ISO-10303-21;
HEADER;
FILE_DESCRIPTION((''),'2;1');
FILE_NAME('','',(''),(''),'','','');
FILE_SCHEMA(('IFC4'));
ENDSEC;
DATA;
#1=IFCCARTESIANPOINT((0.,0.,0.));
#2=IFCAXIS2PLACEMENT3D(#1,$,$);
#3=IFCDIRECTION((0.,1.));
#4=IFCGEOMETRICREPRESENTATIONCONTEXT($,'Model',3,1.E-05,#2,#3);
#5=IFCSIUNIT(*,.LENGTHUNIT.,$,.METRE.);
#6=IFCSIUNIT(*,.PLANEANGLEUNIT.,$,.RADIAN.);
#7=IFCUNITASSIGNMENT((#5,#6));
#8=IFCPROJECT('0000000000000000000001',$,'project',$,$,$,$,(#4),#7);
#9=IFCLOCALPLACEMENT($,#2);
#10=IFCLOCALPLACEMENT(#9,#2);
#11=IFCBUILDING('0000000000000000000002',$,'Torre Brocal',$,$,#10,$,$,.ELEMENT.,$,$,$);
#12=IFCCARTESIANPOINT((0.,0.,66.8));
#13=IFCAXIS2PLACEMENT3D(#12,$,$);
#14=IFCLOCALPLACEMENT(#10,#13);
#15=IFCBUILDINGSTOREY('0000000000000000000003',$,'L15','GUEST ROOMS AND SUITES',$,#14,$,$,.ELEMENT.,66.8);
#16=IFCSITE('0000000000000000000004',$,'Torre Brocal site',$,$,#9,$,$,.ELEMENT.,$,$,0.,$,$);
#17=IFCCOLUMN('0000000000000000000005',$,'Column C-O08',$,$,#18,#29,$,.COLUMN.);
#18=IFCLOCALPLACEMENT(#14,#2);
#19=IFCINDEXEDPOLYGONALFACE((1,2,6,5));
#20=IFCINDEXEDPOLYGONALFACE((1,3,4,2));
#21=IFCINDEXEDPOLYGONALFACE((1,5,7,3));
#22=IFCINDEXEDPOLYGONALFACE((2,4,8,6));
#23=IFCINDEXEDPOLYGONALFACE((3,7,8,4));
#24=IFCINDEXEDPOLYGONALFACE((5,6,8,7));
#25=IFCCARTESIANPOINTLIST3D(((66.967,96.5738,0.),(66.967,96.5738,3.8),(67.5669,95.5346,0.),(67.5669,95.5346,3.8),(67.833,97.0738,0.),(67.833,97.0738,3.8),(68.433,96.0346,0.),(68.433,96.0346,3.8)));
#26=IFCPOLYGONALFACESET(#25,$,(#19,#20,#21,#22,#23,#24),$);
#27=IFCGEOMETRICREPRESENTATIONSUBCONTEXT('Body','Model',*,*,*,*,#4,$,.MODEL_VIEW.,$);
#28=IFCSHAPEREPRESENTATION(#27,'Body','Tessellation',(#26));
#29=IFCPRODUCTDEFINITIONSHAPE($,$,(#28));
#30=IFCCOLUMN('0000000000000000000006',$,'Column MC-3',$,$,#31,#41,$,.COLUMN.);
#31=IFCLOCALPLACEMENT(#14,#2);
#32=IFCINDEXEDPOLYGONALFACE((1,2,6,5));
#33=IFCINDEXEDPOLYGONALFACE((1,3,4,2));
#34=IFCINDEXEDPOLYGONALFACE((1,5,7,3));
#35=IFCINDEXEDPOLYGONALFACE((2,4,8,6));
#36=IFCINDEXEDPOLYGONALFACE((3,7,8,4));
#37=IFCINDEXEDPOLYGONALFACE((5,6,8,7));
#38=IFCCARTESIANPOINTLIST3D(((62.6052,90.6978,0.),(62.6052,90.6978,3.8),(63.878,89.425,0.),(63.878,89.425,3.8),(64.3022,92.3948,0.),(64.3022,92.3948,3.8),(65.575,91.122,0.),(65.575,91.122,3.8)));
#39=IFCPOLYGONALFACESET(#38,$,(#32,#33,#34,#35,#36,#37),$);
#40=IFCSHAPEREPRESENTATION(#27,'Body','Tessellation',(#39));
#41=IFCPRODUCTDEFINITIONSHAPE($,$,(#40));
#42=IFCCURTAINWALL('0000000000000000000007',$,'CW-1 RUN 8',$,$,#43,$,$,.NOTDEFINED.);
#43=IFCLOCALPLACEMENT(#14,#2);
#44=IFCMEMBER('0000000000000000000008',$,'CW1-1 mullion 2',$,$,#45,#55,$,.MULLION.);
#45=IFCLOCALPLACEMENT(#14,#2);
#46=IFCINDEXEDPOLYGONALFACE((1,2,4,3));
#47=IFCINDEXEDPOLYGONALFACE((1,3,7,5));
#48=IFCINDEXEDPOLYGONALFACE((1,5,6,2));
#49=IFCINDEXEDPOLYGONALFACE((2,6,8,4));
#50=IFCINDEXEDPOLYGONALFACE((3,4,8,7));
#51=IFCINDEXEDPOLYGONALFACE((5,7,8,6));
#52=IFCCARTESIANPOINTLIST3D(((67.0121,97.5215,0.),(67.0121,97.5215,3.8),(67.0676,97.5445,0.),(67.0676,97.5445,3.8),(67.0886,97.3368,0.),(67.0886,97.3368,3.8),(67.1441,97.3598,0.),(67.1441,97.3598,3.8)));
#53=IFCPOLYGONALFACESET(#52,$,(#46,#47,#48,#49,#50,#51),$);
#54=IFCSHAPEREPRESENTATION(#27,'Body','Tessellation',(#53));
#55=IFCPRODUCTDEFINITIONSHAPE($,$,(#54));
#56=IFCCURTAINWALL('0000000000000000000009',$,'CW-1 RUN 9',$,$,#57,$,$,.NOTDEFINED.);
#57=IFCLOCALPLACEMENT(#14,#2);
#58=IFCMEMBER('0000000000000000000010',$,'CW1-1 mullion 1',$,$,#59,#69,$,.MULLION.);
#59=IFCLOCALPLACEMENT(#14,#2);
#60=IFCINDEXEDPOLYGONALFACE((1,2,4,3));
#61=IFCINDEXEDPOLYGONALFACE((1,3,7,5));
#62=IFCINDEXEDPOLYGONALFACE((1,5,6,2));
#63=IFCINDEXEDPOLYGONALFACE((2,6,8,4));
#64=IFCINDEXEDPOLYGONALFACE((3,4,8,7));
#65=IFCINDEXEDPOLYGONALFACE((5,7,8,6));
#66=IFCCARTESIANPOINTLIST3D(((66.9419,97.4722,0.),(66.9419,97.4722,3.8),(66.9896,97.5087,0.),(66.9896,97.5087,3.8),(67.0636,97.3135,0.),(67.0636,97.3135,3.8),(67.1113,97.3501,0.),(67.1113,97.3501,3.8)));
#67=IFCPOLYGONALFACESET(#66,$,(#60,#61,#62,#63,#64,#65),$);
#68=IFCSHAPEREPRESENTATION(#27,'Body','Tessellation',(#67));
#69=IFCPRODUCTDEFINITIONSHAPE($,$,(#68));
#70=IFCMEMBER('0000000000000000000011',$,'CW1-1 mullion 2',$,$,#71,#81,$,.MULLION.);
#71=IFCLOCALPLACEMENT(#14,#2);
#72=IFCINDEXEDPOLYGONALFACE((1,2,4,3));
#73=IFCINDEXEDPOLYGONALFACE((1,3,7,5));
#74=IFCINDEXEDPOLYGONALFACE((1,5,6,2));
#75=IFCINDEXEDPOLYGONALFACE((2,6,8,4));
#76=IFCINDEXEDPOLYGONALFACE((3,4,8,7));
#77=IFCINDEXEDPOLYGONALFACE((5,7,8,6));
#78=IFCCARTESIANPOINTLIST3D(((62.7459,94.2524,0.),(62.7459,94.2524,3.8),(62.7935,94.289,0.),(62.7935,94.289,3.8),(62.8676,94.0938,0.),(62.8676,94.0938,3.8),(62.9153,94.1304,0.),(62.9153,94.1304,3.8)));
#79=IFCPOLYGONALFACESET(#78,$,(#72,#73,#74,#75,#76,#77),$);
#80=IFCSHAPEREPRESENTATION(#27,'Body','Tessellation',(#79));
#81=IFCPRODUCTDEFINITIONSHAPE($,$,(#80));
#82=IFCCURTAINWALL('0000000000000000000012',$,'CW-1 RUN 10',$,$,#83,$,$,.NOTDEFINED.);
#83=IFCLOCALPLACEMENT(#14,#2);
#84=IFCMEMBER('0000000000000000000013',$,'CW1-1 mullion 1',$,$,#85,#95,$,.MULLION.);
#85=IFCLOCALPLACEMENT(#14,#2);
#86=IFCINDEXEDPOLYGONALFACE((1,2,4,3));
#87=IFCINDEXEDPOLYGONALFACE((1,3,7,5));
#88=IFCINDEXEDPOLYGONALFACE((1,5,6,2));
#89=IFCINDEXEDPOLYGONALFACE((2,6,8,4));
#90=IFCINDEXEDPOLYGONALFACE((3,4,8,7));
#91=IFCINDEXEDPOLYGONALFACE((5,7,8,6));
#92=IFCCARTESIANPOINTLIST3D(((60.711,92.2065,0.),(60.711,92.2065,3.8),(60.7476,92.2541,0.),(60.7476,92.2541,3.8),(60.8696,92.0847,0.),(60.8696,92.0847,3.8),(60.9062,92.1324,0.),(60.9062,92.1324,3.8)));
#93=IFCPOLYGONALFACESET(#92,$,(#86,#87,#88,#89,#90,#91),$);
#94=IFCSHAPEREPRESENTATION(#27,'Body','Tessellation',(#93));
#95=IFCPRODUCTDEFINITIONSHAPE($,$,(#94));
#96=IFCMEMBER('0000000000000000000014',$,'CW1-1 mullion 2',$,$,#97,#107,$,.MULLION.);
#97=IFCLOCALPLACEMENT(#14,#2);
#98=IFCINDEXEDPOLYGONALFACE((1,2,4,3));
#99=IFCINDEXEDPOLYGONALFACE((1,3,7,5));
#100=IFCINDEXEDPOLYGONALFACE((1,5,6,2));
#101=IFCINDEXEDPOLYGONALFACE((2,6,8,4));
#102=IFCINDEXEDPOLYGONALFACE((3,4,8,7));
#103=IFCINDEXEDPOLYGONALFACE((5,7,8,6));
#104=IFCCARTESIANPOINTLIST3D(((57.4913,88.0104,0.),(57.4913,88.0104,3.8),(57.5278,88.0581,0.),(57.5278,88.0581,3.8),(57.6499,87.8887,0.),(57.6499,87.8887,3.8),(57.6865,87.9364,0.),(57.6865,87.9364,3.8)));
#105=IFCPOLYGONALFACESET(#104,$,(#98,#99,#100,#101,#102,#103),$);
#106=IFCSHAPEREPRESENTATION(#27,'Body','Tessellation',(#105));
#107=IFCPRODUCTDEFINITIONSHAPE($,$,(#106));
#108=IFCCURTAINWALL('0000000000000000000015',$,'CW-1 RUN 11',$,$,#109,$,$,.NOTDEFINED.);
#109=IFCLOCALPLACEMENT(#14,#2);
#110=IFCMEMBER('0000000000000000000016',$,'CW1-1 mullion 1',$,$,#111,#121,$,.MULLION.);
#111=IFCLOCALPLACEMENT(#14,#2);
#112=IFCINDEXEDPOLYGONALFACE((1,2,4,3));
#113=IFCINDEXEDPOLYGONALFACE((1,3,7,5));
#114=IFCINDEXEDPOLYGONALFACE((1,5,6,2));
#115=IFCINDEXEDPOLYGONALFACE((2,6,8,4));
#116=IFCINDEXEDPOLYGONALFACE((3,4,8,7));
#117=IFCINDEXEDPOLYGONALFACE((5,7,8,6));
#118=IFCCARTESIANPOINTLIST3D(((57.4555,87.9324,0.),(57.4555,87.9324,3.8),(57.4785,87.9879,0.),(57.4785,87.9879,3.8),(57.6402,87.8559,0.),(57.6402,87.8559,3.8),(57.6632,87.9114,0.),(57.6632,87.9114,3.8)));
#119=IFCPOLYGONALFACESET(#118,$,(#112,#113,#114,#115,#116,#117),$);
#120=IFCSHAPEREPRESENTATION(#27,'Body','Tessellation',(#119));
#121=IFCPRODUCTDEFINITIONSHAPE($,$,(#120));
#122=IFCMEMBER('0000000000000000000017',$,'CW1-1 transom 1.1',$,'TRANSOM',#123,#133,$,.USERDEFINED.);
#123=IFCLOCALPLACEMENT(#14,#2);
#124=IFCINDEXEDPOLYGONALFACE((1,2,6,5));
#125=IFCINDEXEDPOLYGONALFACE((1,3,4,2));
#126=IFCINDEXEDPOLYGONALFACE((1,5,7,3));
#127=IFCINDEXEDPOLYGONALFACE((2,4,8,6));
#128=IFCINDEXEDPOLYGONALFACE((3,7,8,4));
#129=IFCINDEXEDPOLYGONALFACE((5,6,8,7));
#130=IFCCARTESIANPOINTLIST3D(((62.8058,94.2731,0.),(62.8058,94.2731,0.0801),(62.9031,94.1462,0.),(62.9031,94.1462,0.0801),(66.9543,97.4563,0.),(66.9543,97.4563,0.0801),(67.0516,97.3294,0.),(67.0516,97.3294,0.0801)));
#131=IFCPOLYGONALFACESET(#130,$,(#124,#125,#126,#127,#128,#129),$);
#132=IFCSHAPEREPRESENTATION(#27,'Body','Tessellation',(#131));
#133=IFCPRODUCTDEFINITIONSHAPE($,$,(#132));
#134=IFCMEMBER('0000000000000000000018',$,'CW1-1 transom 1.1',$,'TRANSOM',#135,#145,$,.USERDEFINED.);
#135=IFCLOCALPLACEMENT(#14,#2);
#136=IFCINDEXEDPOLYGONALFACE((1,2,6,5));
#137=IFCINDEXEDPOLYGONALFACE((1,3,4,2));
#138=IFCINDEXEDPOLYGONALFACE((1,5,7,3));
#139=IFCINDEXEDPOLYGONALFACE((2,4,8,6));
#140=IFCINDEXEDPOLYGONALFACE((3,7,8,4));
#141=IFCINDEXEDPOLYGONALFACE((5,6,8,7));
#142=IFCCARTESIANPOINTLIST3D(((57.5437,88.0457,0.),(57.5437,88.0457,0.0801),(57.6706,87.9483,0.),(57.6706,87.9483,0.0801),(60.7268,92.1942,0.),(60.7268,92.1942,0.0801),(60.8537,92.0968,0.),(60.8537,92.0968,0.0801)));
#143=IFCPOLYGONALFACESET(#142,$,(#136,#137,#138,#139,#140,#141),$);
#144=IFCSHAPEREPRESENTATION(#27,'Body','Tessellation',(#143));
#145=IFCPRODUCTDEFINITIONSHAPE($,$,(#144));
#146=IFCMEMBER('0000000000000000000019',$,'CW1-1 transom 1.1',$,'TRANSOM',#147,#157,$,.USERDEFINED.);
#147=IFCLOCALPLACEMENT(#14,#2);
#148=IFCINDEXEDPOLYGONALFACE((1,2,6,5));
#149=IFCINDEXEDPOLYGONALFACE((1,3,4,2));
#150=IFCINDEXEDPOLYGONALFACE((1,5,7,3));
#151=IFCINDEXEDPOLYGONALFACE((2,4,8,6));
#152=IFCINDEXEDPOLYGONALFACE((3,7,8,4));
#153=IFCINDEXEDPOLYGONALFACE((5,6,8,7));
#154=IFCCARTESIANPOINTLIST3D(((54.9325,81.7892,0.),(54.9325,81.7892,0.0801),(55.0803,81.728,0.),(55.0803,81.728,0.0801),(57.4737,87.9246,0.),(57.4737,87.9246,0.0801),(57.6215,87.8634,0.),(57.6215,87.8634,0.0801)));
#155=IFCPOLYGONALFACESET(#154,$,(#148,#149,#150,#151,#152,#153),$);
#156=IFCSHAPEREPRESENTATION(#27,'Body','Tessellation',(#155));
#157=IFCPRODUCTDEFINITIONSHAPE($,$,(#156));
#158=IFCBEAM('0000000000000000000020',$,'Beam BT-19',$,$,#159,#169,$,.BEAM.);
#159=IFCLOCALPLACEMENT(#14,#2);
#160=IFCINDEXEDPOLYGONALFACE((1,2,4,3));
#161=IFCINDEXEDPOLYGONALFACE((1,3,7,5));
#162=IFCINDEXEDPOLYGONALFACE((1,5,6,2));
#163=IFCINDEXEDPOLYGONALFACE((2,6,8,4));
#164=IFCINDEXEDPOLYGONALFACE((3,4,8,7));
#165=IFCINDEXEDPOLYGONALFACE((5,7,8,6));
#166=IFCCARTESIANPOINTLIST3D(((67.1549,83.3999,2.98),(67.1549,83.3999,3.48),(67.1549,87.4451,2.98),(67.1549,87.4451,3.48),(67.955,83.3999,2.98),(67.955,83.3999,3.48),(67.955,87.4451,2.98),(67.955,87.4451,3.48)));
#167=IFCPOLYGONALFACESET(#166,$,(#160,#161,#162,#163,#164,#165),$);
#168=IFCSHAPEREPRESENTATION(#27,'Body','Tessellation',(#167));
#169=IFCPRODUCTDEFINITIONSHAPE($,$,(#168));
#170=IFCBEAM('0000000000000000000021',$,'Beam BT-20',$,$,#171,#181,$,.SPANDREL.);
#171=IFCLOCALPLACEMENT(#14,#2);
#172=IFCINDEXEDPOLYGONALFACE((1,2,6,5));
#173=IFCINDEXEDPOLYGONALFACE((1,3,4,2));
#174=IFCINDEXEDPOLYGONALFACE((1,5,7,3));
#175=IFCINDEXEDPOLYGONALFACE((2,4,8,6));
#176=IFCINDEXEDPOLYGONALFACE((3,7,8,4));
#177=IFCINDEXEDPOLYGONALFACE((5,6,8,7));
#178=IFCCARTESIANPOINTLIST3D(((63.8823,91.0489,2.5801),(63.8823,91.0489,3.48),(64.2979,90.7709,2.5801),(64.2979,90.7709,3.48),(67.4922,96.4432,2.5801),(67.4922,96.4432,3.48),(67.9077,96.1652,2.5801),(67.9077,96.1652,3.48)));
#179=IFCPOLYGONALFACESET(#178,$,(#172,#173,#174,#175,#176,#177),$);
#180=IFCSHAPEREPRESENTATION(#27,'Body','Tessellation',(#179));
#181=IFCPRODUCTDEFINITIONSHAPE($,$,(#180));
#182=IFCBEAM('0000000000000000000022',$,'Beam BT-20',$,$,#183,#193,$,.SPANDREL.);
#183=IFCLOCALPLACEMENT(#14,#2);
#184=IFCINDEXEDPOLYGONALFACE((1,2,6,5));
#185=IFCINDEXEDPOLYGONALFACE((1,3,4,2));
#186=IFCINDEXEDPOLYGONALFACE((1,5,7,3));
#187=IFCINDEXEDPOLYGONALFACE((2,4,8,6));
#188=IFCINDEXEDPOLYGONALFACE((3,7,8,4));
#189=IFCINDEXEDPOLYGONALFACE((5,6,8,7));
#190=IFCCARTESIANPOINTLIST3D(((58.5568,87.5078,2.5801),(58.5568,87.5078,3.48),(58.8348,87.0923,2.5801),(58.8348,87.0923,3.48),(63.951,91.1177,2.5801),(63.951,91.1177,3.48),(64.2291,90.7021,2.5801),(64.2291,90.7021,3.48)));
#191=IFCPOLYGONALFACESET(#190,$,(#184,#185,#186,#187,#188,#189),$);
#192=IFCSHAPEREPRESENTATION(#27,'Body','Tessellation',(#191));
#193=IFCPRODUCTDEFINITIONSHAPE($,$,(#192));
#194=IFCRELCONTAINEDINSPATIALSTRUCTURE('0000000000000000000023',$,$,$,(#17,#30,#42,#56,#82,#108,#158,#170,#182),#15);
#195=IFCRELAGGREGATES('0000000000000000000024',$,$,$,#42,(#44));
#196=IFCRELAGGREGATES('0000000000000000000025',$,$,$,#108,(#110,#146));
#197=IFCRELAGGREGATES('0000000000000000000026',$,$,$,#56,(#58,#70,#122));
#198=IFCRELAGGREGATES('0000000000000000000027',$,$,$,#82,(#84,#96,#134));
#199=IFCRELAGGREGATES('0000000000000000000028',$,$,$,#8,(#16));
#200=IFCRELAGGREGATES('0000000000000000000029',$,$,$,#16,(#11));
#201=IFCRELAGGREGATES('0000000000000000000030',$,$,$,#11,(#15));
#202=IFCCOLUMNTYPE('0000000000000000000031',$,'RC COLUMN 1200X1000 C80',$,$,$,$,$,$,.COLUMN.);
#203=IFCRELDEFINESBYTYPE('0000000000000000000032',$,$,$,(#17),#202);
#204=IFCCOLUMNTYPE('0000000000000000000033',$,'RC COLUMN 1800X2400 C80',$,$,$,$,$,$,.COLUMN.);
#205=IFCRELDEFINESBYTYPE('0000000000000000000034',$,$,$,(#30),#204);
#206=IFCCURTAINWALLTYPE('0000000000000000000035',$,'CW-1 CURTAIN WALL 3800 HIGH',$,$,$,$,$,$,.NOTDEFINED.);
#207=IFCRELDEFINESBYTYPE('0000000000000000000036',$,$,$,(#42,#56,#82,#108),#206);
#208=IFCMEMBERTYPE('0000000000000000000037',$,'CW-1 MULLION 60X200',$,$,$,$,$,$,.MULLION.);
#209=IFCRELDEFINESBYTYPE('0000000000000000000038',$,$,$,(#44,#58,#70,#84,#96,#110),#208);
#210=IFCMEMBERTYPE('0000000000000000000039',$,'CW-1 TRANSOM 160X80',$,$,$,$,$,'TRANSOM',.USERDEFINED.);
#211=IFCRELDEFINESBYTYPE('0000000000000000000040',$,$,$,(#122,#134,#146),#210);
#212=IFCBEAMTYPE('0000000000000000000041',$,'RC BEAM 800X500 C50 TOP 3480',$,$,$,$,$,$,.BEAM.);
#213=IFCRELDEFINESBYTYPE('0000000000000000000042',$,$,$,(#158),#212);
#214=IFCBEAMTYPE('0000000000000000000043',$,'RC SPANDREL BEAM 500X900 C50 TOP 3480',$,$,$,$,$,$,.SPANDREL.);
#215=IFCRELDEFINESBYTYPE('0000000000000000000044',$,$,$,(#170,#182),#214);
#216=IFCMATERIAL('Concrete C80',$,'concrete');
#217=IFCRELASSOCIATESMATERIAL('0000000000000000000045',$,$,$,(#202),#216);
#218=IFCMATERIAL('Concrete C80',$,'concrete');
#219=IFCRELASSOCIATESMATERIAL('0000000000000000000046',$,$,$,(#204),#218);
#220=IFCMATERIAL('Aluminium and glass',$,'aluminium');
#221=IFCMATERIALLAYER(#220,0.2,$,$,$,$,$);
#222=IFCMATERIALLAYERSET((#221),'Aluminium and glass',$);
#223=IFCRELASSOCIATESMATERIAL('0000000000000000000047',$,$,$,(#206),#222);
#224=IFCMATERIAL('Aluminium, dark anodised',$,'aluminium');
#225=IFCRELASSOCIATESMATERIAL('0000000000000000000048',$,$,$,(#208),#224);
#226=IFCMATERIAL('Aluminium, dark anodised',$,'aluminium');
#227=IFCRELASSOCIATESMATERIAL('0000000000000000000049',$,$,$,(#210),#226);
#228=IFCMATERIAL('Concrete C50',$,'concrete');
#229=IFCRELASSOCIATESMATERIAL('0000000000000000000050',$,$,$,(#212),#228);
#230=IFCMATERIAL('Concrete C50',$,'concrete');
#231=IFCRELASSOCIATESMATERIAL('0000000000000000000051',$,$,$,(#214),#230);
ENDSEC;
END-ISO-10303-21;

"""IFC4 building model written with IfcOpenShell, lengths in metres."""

from ifc_helpers import new_model, si_unit, direction, frame, origin, origin_2d, place, context, subcontext, project, spatial, rectangle, extrude, material, layer, layer_set, material_profile, profile_set, type_object, element, aggregate, save


model = new_model("IFC4")

# Units and contexts
model_context = context("Model", 3, precision=1e-05, world=origin(), true_north=direction((0.0, 1.0)))
body_context = subcontext(model_context, "Body", "Model", "MODEL_VIEW")
ifc_project = project(units=[si_unit("LENGTHUNIT", "METRE"), si_unit("PLANEANGLEUNIT", "RADIAN")], contexts=[model_context])

# Site, building, storey
site_placement = place(None, origin())
site = spatial("IfcSite", under=ifc_project, at=site_placement, Name="Torre Brocal site", CompositionType="ELEMENT", RefElevation=0.0)
building_placement = place(site_placement, origin())
building = spatial("IfcBuilding", under=site, at=building_placement, Name="Torre Brocal", CompositionType="ELEMENT")
storey_placement = place(building_placement, frame((0.0, 0.0, 66.8)))
storey = spatial("IfcBuildingStorey", under=building, at=storey_placement, Name="L15", Description="GUEST ROOMS AND SUITES", CompositionType="ELEMENT", Elevation=66.8)

# Columns
ifc_material_1 = material(Name="Concrete C80", Category="concrete")
ifc_material_profile_1 = material_profile(ifc_material_1, rectangle(XDim=1.2, YDim=1.0, at=origin_2d()), Name="RC 1200X1000")
ifc_profile_set_1 = profile_set([ifc_material_profile_1], Name="Concrete C80")
column_type_1 = type_object("IfcColumnType", Name="RC COLUMN 1200X1000 C80", PredefinedType="COLUMN", material=ifc_profile_set_1)
column_1_placement = place(storey_placement, frame((67.7, 96.3042, 0.0), z_axis=(0.0, 0.0, 1.0), x_axis=(-0.5, 0.866025, 0.0)))
element("IfcColumn", 1, at=column_1_placement, inside=storey, type_object=column_type_1, Name="Column C-O08", PredefinedType="COLUMN", context=body_context, shape_type="SweptSolid", body=[
    extrude(rectangle(XDim=1.2, YDim=1.0, at=origin_2d()), origin(), (0.0, 0.0, 1.0), 3.8),
])
ifc_material_2 = material(Name="Concrete C80", Category="concrete")
ifc_material_profile_2 = material_profile(ifc_material_2, rectangle(XDim=1.8, YDim=2.3999, at=origin_2d()), Name="RC 1800X2400")
ifc_profile_set_2 = profile_set([ifc_material_profile_2], Name="Concrete C80")
column_type_2 = type_object("IfcColumnType", Name="RC COLUMN 1800X2400 C80", PredefinedType="COLUMN", material=ifc_profile_set_2)
column_2_placement = place(storey_placement, frame((64.0901, 90.9099, 0.0), z_axis=(0.0, 0.0, 1.0), x_axis=(-0.707107, 0.707107, 0.0)))
element("IfcColumn", 2, at=column_2_placement, inside=storey, type_object=column_type_2, Name="Column MC-3", PredefinedType="COLUMN", context=body_context, shape_type="SweptSolid", body=[
    extrude(rectangle(XDim=1.8, YDim=2.3999, at=origin_2d()), origin(), (0.0, 0.0, 1.0), 3.8),
])

# Curtain wall, member
ifc_material_3 = material(Name="Aluminium and glass", Category="aluminium")
ifc_layer_1 = layer(ifc_material_3, 0.2)
ifc_layer_set_1 = layer_set([ifc_layer_1], Name="Aluminium and glass")
curtain_wall_type = type_object("IfcCurtainWallType", Name="CW-1 CURTAIN WALL 3800 HIGH", PredefinedType="NOTDEFINED", material=ifc_layer_set_1)
curtain_wall_1_placement = place(storey_placement, origin())
curtain_wall_1 = element("IfcCurtainWall", 3, at=curtain_wall_1_placement, inside=storey, type_object=curtain_wall_type, Name="CW-1 RUN 8", PredefinedType="NOTDEFINED")
ifc_material_4 = material(Name="Aluminium, dark anodised", Category="aluminium")
ifc_material_profile_3 = material_profile(ifc_material_4, rectangle(XDim=0.2, YDim=0.0601, at=origin_2d()), Name="CW-1 MULLION 60X200")
ifc_profile_set_3 = profile_set([ifc_material_profile_3], Name="Aluminium, dark anodised")
member_type_1 = type_object("IfcMemberType", Name="CW-1 MULLION 60X200", PredefinedType="MULLION", material=ifc_profile_set_3)
member_1_placement = place(storey_placement, frame((67.0781, 97.4407, 0.0), z_axis=(0.0, 0.0, 1.0), x_axis=(0.382683, -0.92388, 0.0)))
member_1 = element("IfcMember", 4, at=member_1_placement, type_object=member_type_1, Name="CW1-1 mullion 2", PredefinedType="MULLION", context=body_context, shape_type="SweptSolid", body=[
    extrude(rectangle(XDim=0.2, YDim=0.0601, at=origin_2d()), origin(), (0.0, 0.0, 1.0), 3.8),
])
aggregate(curtain_wall_1, [member_1])

# Curtain walls, members
curtain_wall_2_placement = place(storey_placement, origin())
curtain_wall_2 = element("IfcCurtainWall", 5, at=curtain_wall_2_placement, inside=storey, type_object=curtain_wall_type, Name="CW-1 RUN 9", PredefinedType="NOTDEFINED")
member_2_placement = place(storey_placement, frame((67.0266, 97.4111, 0.0), z_axis=(0.0, 0.0, 1.0), x_axis=(0.608761, -0.793353, 0.0)))
member_2 = element("IfcMember", 6, at=member_2_placement, type_object=member_type_1, Name="CW1-1 mullion 1", PredefinedType="MULLION", context=body_context, shape_type="SweptSolid", body=[
    extrude(rectangle(XDim=0.2, YDim=0.0601, at=origin_2d()), origin(), (0.0, 0.0, 1.0), 3.8),
])
member_3_placement = place(storey_placement, frame((62.8306, 94.1914, 0.0), z_axis=(0.0, 0.0, 1.0), x_axis=(0.608761, -0.793353, 0.0)))
member_3 = element("IfcMember", 7, at=member_3_placement, type_object=member_type_1, Name="CW1-1 mullion 2", PredefinedType="MULLION", context=body_context, shape_type="SweptSolid", body=[
    extrude(rectangle(XDim=0.2, YDim=0.0601, at=origin_2d()), origin(), (0.0, 0.0, 1.0), 3.8),
])
curtain_wall_3_placement = place(storey_placement, origin())
curtain_wall_3 = element("IfcCurtainWall", 8, at=curtain_wall_3_placement, inside=storey, type_object=curtain_wall_type, Name="CW-1 RUN 10", PredefinedType="NOTDEFINED")
member_4_placement = place(storey_placement, frame((60.8086, 92.1694, 0.0), z_axis=(0.0, 0.0, 1.0), x_axis=(0.793353, -0.608761, 0.0)))
member_4 = element("IfcMember", 9, at=member_4_placement, type_object=member_type_1, Name="CW1-1 mullion 1", PredefinedType="MULLION", context=body_context, shape_type="SweptSolid", body=[
    extrude(rectangle(XDim=0.2, YDim=0.0601, at=origin_2d()), origin(), (0.0, 0.0, 1.0), 3.8),
])
member_5_placement = place(storey_placement, frame((57.5889, 87.9734, 0.0), z_axis=(0.0, 0.0, 1.0), x_axis=(0.793353, -0.608761, 0.0)))
member_5 = element("IfcMember", 10, at=member_5_placement, type_object=member_type_1, Name="CW1-1 mullion 2", PredefinedType="MULLION", context=body_context, shape_type="SweptSolid", body=[
    extrude(rectangle(XDim=0.2, YDim=0.0601, at=origin_2d()), origin(), (0.0, 0.0, 1.0), 3.8),
])

# Curtain wall, member
curtain_wall_4_placement = place(storey_placement, origin())
curtain_wall_4 = element("IfcCurtainWall", 11, at=curtain_wall_4_placement, inside=storey, type_object=curtain_wall_type, Name="CW-1 RUN 11", PredefinedType="NOTDEFINED")
member_6_placement = place(storey_placement, frame((57.5593, 87.9219, 0.0), z_axis=(0.0, 0.0, 1.0), x_axis=(0.92388, -0.382683, 0.0)))
member_6 = element("IfcMember", 12, at=member_6_placement, type_object=member_type_1, Name="CW1-1 mullion 1", PredefinedType="MULLION", context=body_context, shape_type="SweptSolid", body=[
    extrude(rectangle(XDim=0.2, YDim=0.0601, at=origin_2d()), origin(), (0.0, 0.0, 1.0), 3.8),
])

# Members
ifc_material_5 = material(Name="Aluminium, dark anodised", Category="aluminium")
ifc_material_profile_4 = material_profile(ifc_material_5, rectangle(XDim=0.1599, YDim=0.0801, at=origin_2d()), Name="CW-1 TRANSOM 160X80")
ifc_profile_set_4 = profile_set([ifc_material_profile_4], Name="Aluminium, dark anodised")
member_type_2 = type_object("IfcMemberType", Name="CW-1 TRANSOM 160X80", ElementType="TRANSOM", PredefinedType="USERDEFINED", material=ifc_profile_set_4)
member_7_placement = place(storey_placement, frame((67.0029, 97.3928, 0.04), z_axis=(-0.793363, -0.608749, 0.0), x_axis=(0.608749, -0.793363, 0.0)))
member_7 = element("IfcMember", 13, at=member_7_placement, type_object=member_type_2, Name="CW1-1 transom 1.1", ObjectType="TRANSOM", PredefinedType="USERDEFINED", context=body_context, shape_type="SweptSolid", body=[
    extrude(rectangle(XDim=0.1599, YDim=0.0801, at=origin_2d()), origin(), (0.0, 0.0, 1.0), 5.229),
])
member_8_placement = place(storey_placement, frame((60.7903, 92.1455, 0.04), z_axis=(-0.608749, -0.793363, 0.0), x_axis=(0.793363, -0.608749, 0.0)))
member_8 = element("IfcMember", 14, at=member_8_placement, type_object=member_type_2, Name="CW1-1 transom 1.1", ObjectType="TRANSOM", PredefinedType="USERDEFINED", context=body_context, shape_type="SweptSolid", body=[
    extrude(rectangle(XDim=0.1599, YDim=0.0801, at=origin_2d()), origin(), (0.0, 0.0, 1.0), 5.229),
])
member_9_placement = place(storey_placement, frame((57.5476, 87.894, 0.04), z_axis=(-0.382665, -0.923887, 0.0), x_axis=(0.923887, -0.382665, 0.0)))
member_9 = element("IfcMember", 15, at=member_9_placement, type_object=member_type_2, Name="CW1-1 transom 1.1", ObjectType="TRANSOM", PredefinedType="USERDEFINED", context=body_context, shape_type="SweptSolid", body=[
    extrude(rectangle(XDim=0.1599, YDim=0.0801, at=origin_2d()), origin(), (0.0, 0.0, 1.0), 6.6409),
])
aggregate(curtain_wall_4, [member_6, member_9])

# Beams
ifc_material_6 = material(Name="Concrete C50", Category="concrete")
ifc_material_profile_5 = material_profile(ifc_material_6, rectangle(XDim=0.8, YDim=0.5, at=origin_2d()), Name="RC 800X500")
ifc_profile_set_5 = profile_set([ifc_material_profile_5], Name="Concrete C50")
beam_type_1 = type_object("IfcBeamType", Name="RC BEAM 800X500 C50 TOP 3480", PredefinedType="BEAM", material=ifc_profile_set_5)
beam_placement = place(storey_placement, frame((67.5549, 87.4451, 3.23), z_axis=(0.0, -1.0, 0.0), x_axis=(1.0, 0.0, 0.0)))
element("IfcBeam", 16, at=beam_placement, inside=storey, type_object=beam_type_1, Name="Beam BT-19", PredefinedType="BEAM", context=body_context, shape_type="SweptSolid", body=[
    extrude(rectangle(XDim=0.8, YDim=0.5, at=origin_2d()), origin(), (0.0, 0.0, 1.0), 4.0452),
])
ifc_material_7 = material(Name="Concrete C50", Category="concrete")
ifc_material_profile_6 = material_profile(ifc_material_7, rectangle(XDim=0.5, YDim=0.8999, at=origin_2d()), Name="RC 500X900")
ifc_profile_set_6 = profile_set([ifc_material_profile_6], Name="Concrete C50")
beam_type_2 = type_object("IfcBeamType", Name="RC SPANDREL BEAM 500X900 C50 TOP 3480", PredefinedType="SPANDREL", material=ifc_profile_set_6)
for number, where, z_axis, x_axis, name in (
    (17, (67.7, 96.3042, 3.03), (-0.556158, -0.831077, 0.0), (0.831077, -0.556158, 0.0), "Beam BT-20"),
    (18, (64.0901, 90.9099, 3.03), (-0.831077, -0.556158, 0.0), (0.556158, -0.831077, 0.0), "Beam BT-20"),
):
    element("IfcBeam", number, at=place(storey_placement, frame(where, z_axis=z_axis, x_axis=x_axis)), inside=storey, type_object=beam_type_2, Name=name, PredefinedType="SPANDREL", context=body_context, shape_type="SweptSolid", body=[
        extrude(rectangle(XDim=0.5, YDim=0.8999, at=origin_2d()), origin(), (0.0, 0.0, 1.0), 6.4907),
    ])

aggregate(curtain_wall_2, [member_2, member_3, member_7])
aggregate(curtain_wall_3, [member_4, member_5, member_8])

save(model, "model.ifc")
